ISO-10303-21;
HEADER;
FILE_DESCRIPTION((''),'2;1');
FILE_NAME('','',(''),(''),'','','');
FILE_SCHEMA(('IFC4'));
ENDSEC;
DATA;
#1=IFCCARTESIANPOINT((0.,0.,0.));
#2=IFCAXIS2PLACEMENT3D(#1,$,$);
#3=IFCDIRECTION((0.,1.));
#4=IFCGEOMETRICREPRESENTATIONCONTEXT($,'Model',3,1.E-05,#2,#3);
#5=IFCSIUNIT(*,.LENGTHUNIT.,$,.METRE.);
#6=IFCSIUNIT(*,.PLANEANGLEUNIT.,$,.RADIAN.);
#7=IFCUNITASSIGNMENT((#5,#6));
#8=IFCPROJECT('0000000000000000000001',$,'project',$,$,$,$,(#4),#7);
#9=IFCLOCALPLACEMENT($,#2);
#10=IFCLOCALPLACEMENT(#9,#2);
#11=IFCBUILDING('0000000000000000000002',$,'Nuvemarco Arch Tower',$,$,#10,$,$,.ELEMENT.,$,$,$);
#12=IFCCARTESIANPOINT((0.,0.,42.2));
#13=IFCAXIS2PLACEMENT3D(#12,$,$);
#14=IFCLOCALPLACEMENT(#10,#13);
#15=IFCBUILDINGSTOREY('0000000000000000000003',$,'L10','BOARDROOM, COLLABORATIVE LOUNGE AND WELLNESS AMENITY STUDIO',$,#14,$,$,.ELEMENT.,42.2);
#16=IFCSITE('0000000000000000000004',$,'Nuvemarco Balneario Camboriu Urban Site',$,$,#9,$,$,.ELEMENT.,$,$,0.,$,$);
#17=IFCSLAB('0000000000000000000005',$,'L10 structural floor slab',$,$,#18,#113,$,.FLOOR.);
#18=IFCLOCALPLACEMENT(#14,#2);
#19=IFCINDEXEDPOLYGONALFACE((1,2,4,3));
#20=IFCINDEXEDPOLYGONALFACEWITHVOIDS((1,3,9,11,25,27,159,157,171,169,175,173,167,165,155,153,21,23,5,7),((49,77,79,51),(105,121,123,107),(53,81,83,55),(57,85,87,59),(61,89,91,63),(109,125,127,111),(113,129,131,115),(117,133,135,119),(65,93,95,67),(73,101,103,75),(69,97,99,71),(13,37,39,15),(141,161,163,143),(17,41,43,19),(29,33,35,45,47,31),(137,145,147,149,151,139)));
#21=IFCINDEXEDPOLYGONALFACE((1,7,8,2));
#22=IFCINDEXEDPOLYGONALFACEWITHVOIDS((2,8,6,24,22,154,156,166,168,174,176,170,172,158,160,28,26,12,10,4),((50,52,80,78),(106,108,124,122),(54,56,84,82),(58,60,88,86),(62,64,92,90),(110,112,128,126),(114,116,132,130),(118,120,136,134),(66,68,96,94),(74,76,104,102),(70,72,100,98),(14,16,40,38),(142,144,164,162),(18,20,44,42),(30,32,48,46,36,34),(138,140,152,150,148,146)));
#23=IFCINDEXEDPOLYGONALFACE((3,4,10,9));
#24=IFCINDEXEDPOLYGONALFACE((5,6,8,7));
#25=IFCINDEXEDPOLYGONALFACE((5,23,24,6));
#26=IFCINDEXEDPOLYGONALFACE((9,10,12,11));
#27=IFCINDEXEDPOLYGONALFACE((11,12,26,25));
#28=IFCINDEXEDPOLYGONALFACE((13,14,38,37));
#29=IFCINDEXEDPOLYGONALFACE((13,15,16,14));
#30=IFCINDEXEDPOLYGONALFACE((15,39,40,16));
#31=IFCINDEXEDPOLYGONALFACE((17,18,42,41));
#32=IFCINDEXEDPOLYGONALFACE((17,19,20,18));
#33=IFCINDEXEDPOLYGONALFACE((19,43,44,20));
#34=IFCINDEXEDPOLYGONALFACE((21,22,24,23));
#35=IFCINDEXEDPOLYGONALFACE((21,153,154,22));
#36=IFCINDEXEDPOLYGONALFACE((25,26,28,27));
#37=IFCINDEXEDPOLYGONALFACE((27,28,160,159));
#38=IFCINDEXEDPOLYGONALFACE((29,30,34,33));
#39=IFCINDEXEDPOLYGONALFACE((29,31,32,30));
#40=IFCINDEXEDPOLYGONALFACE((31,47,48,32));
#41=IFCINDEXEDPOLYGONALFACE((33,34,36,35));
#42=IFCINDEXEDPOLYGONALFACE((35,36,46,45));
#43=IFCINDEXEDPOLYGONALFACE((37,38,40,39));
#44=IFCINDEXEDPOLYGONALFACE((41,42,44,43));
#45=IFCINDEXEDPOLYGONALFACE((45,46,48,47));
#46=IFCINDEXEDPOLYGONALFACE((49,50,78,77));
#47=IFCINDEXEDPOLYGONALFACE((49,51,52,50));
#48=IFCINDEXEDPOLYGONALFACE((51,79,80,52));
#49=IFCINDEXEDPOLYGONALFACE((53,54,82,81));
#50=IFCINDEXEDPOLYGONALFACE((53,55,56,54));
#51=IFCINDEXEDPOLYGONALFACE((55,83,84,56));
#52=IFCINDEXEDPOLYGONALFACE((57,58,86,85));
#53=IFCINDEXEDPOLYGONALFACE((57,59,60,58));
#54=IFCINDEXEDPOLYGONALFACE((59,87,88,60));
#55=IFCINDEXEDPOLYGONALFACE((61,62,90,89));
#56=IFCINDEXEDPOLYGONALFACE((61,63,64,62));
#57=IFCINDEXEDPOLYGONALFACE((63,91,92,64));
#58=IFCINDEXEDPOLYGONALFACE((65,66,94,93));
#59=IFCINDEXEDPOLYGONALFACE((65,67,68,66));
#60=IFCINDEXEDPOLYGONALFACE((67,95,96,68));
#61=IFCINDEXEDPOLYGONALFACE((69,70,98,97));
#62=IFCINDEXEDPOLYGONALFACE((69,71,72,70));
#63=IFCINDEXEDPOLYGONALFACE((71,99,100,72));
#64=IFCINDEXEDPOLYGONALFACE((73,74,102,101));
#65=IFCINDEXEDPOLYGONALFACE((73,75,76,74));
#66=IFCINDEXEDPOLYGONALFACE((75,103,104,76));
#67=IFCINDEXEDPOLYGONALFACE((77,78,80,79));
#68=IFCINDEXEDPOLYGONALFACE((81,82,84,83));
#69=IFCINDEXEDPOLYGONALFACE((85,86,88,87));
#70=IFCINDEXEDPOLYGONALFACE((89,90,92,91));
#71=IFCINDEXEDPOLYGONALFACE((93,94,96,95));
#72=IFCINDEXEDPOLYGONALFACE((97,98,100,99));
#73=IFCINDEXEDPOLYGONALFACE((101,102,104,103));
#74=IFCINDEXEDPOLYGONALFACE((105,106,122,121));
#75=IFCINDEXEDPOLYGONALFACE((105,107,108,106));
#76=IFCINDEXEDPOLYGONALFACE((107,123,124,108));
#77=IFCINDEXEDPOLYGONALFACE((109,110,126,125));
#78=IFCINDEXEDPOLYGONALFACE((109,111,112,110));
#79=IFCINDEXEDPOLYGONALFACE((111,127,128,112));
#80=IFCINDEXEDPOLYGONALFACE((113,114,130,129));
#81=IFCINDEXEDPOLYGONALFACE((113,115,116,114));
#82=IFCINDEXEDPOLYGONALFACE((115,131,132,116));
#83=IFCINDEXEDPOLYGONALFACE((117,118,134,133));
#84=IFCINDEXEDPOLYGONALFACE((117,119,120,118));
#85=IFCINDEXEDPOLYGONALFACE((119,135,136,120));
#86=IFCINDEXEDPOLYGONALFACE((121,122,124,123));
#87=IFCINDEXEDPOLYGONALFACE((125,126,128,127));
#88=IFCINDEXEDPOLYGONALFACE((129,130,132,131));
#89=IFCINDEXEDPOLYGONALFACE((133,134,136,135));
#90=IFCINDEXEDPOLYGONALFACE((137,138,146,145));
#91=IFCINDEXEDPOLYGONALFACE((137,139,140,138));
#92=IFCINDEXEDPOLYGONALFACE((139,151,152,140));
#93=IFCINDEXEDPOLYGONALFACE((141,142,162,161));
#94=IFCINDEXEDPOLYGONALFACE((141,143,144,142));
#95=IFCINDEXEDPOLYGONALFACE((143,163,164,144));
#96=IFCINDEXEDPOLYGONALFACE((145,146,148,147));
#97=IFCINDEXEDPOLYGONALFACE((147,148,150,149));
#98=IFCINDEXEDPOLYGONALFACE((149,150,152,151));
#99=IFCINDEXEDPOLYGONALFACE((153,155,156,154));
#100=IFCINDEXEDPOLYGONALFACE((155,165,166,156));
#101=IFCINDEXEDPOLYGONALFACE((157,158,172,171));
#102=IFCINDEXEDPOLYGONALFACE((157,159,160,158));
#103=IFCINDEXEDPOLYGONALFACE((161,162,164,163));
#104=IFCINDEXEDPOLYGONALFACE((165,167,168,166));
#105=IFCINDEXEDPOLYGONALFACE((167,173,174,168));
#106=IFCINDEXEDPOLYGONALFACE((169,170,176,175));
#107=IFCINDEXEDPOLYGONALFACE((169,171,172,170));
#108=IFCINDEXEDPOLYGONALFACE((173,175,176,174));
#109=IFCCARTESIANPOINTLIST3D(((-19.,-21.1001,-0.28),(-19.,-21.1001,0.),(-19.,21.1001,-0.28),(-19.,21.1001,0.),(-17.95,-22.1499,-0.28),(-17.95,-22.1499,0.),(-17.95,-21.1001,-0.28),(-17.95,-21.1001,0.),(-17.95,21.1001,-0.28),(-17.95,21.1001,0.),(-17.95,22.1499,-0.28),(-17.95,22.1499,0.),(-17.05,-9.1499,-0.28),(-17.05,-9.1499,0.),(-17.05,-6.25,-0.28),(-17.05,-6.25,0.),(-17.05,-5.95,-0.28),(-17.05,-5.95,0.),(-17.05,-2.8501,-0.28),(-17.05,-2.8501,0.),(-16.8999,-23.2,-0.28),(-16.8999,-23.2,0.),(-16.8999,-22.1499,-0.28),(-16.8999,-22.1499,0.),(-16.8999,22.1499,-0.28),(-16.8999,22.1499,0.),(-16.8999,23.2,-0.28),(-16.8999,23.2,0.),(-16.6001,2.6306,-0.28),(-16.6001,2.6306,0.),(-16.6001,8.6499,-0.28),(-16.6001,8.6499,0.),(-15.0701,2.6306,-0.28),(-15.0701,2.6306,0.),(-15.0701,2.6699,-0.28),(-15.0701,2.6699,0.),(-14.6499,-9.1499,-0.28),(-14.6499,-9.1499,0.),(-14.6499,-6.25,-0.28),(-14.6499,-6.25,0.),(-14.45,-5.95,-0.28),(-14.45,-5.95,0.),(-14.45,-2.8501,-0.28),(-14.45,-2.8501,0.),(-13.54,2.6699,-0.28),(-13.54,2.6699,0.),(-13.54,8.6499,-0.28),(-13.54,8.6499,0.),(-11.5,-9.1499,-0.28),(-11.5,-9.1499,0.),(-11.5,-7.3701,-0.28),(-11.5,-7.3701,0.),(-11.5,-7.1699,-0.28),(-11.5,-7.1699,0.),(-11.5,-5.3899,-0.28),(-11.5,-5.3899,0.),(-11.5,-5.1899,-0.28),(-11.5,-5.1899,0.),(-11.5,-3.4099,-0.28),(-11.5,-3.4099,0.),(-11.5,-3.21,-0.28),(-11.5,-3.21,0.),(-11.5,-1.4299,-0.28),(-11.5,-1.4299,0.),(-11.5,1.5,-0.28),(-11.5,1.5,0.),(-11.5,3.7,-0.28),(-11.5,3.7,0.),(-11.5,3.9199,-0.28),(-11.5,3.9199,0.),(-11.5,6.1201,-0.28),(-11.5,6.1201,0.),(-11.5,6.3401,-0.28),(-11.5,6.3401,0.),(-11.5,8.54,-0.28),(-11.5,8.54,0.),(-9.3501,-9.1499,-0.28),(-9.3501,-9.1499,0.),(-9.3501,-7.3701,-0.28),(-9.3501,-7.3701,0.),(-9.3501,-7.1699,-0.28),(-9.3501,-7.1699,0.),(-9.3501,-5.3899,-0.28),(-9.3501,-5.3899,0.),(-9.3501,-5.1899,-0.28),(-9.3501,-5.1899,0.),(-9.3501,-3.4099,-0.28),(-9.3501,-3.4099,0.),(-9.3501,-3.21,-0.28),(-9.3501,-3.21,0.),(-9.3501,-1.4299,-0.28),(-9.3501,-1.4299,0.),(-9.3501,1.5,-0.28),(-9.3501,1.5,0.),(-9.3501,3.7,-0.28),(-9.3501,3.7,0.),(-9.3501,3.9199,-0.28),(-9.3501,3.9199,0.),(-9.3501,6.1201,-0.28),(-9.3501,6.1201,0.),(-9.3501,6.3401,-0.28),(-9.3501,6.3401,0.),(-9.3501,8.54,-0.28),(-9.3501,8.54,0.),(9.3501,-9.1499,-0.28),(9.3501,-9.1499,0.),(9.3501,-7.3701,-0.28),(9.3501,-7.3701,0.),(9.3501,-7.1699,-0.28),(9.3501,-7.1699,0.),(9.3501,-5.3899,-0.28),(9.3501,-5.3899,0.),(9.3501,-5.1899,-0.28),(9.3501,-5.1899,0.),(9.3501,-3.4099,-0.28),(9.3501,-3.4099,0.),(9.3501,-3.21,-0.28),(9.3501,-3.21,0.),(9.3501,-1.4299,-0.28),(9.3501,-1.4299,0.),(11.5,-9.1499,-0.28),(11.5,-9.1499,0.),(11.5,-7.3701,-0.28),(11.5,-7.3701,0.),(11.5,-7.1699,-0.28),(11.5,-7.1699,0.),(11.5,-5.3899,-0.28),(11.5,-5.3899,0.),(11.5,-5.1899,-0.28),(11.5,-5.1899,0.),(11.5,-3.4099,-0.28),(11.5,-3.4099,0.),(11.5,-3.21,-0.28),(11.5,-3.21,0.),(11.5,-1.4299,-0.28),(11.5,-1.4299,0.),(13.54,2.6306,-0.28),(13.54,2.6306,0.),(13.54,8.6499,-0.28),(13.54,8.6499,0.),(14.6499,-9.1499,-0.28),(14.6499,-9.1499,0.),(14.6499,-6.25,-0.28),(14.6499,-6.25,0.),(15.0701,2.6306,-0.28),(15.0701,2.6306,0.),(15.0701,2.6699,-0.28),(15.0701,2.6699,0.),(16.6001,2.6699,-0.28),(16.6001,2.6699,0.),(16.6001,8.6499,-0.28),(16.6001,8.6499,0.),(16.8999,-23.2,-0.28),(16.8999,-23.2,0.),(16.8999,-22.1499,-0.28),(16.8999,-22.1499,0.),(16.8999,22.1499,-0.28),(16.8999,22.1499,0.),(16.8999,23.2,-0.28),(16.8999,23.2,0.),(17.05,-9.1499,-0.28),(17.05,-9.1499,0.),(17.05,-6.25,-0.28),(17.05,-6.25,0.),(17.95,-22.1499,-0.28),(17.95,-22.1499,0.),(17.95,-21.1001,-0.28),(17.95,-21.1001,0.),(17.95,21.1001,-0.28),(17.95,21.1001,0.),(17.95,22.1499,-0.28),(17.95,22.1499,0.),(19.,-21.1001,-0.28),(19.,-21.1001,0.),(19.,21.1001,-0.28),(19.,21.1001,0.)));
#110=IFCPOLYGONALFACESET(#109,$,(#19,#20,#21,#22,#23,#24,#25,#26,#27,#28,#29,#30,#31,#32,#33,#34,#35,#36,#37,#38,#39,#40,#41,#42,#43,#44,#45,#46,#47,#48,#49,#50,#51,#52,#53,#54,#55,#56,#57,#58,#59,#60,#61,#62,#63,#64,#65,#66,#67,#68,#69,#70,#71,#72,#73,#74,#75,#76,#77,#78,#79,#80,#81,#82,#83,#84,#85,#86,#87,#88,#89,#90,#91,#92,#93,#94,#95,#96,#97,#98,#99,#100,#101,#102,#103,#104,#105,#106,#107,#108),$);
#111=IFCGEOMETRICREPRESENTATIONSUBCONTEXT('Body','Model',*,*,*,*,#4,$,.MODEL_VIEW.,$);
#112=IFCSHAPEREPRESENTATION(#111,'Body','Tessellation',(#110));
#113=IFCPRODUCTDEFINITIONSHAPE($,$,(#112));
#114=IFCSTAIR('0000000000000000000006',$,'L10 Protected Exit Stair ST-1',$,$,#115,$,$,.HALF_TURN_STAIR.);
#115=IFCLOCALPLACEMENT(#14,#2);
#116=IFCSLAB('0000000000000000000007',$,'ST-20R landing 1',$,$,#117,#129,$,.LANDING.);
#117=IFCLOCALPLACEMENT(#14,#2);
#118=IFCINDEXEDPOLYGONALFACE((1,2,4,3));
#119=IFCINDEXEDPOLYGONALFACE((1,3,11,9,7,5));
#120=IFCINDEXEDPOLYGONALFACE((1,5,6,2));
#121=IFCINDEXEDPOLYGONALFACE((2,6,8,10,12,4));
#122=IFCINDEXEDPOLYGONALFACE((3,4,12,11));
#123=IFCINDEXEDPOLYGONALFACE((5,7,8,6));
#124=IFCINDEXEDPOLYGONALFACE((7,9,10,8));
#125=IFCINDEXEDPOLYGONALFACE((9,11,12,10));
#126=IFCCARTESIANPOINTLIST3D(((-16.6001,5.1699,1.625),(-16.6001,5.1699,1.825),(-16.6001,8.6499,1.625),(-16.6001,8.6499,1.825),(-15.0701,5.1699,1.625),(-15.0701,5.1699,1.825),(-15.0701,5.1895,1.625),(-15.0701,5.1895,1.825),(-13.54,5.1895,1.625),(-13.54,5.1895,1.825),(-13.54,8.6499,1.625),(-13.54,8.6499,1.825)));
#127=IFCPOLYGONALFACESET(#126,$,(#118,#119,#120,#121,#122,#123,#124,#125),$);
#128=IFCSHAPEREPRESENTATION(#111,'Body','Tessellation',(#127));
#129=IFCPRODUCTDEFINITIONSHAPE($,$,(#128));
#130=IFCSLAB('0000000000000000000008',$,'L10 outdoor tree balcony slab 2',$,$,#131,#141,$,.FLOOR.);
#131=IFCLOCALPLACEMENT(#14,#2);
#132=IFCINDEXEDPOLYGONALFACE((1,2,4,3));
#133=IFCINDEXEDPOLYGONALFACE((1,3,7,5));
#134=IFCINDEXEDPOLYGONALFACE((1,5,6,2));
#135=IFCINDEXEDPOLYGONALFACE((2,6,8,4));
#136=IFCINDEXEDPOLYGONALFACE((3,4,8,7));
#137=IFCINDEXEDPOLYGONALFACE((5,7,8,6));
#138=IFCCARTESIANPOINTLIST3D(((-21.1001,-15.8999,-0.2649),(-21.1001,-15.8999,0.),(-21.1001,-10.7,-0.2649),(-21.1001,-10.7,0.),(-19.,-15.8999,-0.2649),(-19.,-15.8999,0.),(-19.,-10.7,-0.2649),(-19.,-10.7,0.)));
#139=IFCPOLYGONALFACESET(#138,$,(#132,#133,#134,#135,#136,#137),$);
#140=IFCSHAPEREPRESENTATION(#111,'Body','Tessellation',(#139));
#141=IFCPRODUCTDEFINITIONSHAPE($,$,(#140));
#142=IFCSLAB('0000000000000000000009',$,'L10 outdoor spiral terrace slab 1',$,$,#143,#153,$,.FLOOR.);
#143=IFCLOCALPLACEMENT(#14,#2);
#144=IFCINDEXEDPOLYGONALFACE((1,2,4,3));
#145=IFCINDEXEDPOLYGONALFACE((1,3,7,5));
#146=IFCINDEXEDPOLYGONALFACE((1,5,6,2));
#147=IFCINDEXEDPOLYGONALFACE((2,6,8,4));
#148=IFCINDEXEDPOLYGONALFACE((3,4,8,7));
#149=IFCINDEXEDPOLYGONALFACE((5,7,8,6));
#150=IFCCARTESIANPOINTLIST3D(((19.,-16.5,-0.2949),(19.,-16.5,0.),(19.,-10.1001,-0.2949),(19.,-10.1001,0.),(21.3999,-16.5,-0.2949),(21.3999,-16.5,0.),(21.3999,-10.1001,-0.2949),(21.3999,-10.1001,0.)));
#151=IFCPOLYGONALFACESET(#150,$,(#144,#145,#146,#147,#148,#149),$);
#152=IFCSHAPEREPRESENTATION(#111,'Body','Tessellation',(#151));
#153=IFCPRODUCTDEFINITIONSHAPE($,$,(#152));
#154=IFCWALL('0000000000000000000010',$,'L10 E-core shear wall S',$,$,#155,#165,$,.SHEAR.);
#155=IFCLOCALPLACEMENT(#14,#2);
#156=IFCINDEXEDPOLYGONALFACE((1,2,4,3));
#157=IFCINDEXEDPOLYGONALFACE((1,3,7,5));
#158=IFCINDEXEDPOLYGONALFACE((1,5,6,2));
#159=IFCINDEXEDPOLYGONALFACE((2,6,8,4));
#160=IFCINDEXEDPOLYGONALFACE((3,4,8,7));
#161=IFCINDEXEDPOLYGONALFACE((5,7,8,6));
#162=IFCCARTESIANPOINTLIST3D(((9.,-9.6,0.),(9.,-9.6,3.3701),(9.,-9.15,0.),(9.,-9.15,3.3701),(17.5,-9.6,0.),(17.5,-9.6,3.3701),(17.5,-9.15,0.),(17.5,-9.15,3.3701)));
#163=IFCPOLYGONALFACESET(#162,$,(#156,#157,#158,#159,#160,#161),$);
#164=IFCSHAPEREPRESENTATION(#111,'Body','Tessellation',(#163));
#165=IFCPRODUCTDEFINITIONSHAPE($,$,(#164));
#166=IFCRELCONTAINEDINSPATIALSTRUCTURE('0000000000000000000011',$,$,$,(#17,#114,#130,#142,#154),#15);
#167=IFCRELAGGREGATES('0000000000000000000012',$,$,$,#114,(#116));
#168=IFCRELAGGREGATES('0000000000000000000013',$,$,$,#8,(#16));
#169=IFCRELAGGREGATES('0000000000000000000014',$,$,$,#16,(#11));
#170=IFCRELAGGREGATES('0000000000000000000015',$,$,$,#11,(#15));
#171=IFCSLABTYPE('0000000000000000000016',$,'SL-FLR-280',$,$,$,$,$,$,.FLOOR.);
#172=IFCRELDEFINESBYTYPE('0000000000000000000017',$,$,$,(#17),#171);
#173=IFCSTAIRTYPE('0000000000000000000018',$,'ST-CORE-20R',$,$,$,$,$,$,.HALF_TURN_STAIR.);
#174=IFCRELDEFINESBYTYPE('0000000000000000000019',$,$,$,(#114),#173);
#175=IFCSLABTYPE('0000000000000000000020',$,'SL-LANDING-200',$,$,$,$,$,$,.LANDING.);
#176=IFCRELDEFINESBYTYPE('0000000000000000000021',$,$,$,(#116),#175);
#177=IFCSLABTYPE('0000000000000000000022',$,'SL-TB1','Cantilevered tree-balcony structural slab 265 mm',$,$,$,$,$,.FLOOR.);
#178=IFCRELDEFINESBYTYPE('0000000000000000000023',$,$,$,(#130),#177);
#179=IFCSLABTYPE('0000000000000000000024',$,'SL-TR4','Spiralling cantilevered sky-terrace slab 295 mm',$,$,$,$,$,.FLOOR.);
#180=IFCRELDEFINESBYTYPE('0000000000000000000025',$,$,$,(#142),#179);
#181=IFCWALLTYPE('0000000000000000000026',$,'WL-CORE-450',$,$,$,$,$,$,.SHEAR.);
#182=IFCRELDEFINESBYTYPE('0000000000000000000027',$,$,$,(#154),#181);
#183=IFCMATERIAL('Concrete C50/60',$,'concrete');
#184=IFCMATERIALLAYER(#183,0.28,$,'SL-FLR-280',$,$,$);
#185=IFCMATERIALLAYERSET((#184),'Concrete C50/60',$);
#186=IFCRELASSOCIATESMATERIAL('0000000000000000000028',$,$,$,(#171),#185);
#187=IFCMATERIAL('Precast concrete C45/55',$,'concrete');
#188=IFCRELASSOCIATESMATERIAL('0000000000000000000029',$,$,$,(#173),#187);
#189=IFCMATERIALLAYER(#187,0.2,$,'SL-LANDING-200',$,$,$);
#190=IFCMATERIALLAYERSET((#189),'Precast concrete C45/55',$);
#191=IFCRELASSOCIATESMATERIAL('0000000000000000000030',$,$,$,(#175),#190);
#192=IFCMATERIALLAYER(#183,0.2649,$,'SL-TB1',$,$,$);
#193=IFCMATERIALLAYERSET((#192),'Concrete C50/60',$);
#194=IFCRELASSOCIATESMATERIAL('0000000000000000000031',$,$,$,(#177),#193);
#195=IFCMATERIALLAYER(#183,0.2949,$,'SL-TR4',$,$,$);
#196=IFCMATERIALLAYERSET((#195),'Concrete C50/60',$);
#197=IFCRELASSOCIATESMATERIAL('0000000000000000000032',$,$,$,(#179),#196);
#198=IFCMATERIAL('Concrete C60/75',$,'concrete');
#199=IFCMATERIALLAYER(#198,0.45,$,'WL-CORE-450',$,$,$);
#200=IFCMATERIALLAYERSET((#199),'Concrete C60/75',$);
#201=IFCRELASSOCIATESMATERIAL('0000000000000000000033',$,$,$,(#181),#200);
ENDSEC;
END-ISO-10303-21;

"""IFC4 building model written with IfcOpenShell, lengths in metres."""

from ifc_helpers import new_model, si_unit, direction, frame, frame_2d, origin, place, context, subcontext, project, spatial, polyline, rectangle, outline, extrude, material, layer, layer_set, type_object, element, aggregate, save


model = new_model("IFC4")

# Units and contexts
model_context = context("Model", 3, precision=1e-05, world=origin(), true_north=direction((0.0, 1.0)))
body_context = subcontext(model_context, "Body", "Model", "MODEL_VIEW")
ifc_project = project(units=[si_unit("LENGTHUNIT", "METRE"), si_unit("PLANEANGLEUNIT", "RADIAN")], contexts=[model_context])

# Site, building, storey
site_placement = place(None, origin())
site = spatial("IfcSite", under=ifc_project, at=site_placement, Name="Nuvemarco Balneario Camboriu Urban Site", CompositionType="ELEMENT", RefElevation=0.0)
building_placement = place(site_placement, origin())
building = spatial("IfcBuilding", under=site, at=building_placement, Name="Nuvemarco Arch Tower", CompositionType="ELEMENT")
storey_placement = place(building_placement, frame((0.0, 0.0, 42.2)))
storey = spatial("IfcBuildingStorey", under=building, at=storey_placement, Name="L10", Description="BOARDROOM, COLLABORATIVE LOUNGE AND WELLNESS AMENITY STUDIO", CompositionType="ELEMENT", Elevation=42.2)

# Shared definitions
ifc_material_1 = material(Name="Concrete C60/75", Category="concrete")

# Slab
ifc_material_2 = material(Name="Concrete C50/60", Category="concrete")
ifc_layer_1 = layer(ifc_material_2, 0.28, Name="SL-FLR-280")
ifc_layer_set_1 = layer_set([ifc_layer_1], Name="Concrete C50/60")
slab_type_1 = type_object("IfcSlabType", Name="SL-FLR-280", PredefinedType="FLOOR", material=ifc_layer_set_1)
slab_1_placement = place(storey_placement, frame((0.0, 0.0, -0.28)))
element("IfcSlab", 1, at=slab_1_placement, inside=storey, type_object=slab_type_1, Name="L10 structural floor slab", PredefinedType="FLOOR", context=body_context, shape_type="SweptSolid", body=[
    extrude(outline(polyline([(-16.8999, -23.2), (16.8999, -23.2), (16.8999, -22.1499), (17.95, -22.1499), (17.95, -21.1001), (19.0, -21.1001), (19.0, 21.1001), (17.95, 21.1001), (17.95, 22.1499), (16.8999, 22.1499), (16.8999, 23.2), (-16.8999, 23.2), (-16.8999, 22.1499), (-17.95, 22.1499), (-17.95, 21.1001), (-19.0, 21.1001), (-19.0, -21.1001), (-17.95, -21.1001), (-17.95, -22.1499), (-16.8999, -22.1499), (-16.8999, -23.2)]), holes=[polyline([(-13.54, 2.6699), (-13.54, 8.6499), (-16.6001, 8.6499), (-16.6001, 2.6306), (-15.0701, 2.6306), (-15.0701, 2.6699), (-13.54, 2.6699)]), polyline([(16.6001, 2.6699), (16.6001, 8.6499), (13.54, 8.6499), (13.54, 2.6306), (15.0701, 2.6306), (15.0701, 2.6699), (16.6001, 2.6699)]), polyline([(-17.05, -9.1499), (-14.6499, -9.1499), (-14.6499, -6.25), (-17.05, -6.25), (-17.05, -9.1499)]), polyline([(-17.05, -5.95), (-14.45, -5.95), (-14.45, -2.8501), (-17.05, -2.8501), (-17.05, -5.95)]), polyline([(-11.5, -9.1499), (-9.3501, -9.1499), (-9.3501, -7.3701), (-11.5, -7.3701), (-11.5, -9.1499)]), polyline([(-11.5, -7.1699), (-9.3501, -7.1699), (-9.3501, -5.3899), (-11.5, -5.3899), (-11.5, -7.1699)]), polyline([(-11.5, -5.1899), (-9.3501, -5.1899), (-9.3501, -3.4099), (-11.5, -3.4099), (-11.5, -5.1899)]), polyline([(-11.5, -3.21), (-9.3501, -3.21), (-9.3501, -1.4299), (-11.5, -1.4299), (-11.5, -3.21)]), polyline([(-11.5, 1.5), (-9.3501, 1.5), (-9.3501, 3.7), (-11.5, 3.7), (-11.5, 1.5)]), polyline([(-11.5, 3.9199), (-9.3501, 3.9199), (-9.3501, 6.1201), (-11.5, 6.1201), (-11.5, 3.9199)]), polyline([(-11.5, 6.3401), (-9.3501, 6.3401), (-9.3501, 8.54), (-11.5, 8.54), (-11.5, 6.3401)]), polyline([(14.6499, -9.1499), (17.05, -9.1499), (17.05, -6.25), (14.6499, -6.25), (14.6499, -9.1499)]), polyline([(9.3501, -9.1499), (11.5, -9.1499), (11.5, -7.3701), (9.3501, -7.3701), (9.3501, -9.1499)]), polyline([(9.3501, -7.1699), (11.5, -7.1699), (11.5, -5.3899), (9.3501, -5.3899), (9.3501, -7.1699)]), polyline([(9.3501, -5.1899), (11.5, -5.1899), (11.5, -3.4099), (9.3501, -3.4099), (9.3501, -5.1899)]), polyline([(9.3501, -3.21), (11.5, -3.21), (11.5, -1.4299), (9.3501, -1.4299), (9.3501, -3.21)])]), origin(), (0.0, 0.0, 1.0), 0.28),
])

# Stair, slab
ifc_material_3 = material(Name="Precast concrete C45/55", Category="concrete")
stair_type = type_object("IfcStairType", Name="ST-CORE-20R", PredefinedType="HALF_TURN_STAIR", material=ifc_material_3)
stair_placement = place(storey_placement, origin())
stair = element("IfcStair", 2, at=stair_placement, inside=storey, type_object=stair_type, Name="L10 Protected Exit Stair ST-1", PredefinedType="HALF_TURN_STAIR")
ifc_layer_2 = layer(ifc_material_3, 0.2, Name="SL-LANDING-200")
ifc_layer_set_2 = layer_set([ifc_layer_2], Name="Precast concrete C45/55")
slab_type_2 = type_object("IfcSlabType", Name="SL-LANDING-200", PredefinedType="LANDING", material=ifc_layer_set_2)
slab_2_placement = place(storey_placement, frame((0.0, 0.0, 1.625)))
slab_2 = element("IfcSlab", 3, at=slab_2_placement, type_object=slab_type_2, Name="ST-20R landing 1", PredefinedType="LANDING", context=body_context, shape_type="SweptSolid", body=[
    extrude(outline(polyline([(-13.54, 5.1895), (-13.54, 8.6499), (-16.6001, 8.6499), (-16.6001, 5.1699), (-15.0701, 5.1699), (-15.0701, 5.1895), (-13.54, 5.1895)])), origin(), (0.0, 0.0, 1.0), 0.2),
])
aggregate(stair, [slab_2])

# Slabs
ifc_layer_3 = layer(ifc_material_2, 0.2649, Name="SL-TB1")
ifc_layer_set_3 = layer_set([ifc_layer_3], Name="Concrete C50/60")
slab_type_3 = type_object("IfcSlabType", Name="SL-TB1", Description="Cantilevered tree-balcony structural slab 265 mm", PredefinedType="FLOOR", material=ifc_layer_set_3)
slab_3_placement = place(storey_placement, frame((0.0, 0.0, -0.2649)))
element("IfcSlab", 4, at=slab_3_placement, inside=storey, type_object=slab_type_3, Name="L10 outdoor tree balcony slab 2", PredefinedType="FLOOR", context=body_context, shape_type="SweptSolid", body=[
    extrude(outline(polyline([(-21.1001, -15.8999), (-19.0, -15.8999), (-19.0, -10.7), (-21.1001, -10.7), (-21.1001, -15.8999)])), origin(), (0.0, 0.0, 1.0), 0.2649),
])
ifc_layer_4 = layer(ifc_material_2, 0.2949, Name="SL-TR4")
ifc_layer_set_4 = layer_set([ifc_layer_4], Name="Concrete C50/60")
slab_type_4 = type_object("IfcSlabType", Name="SL-TR4", Description="Spiralling cantilevered sky-terrace slab 295 mm", PredefinedType="FLOOR", material=ifc_layer_set_4)
slab_4_placement = place(storey_placement, frame((0.0, 0.0, -0.2949)))
element("IfcSlab", 5, at=slab_4_placement, inside=storey, type_object=slab_type_4, Name="L10 outdoor spiral terrace slab 1", PredefinedType="FLOOR", context=body_context, shape_type="SweptSolid", body=[
    extrude(outline(polyline([(19.0, -16.5), (21.3999, -16.5), (21.3999, -10.1001), (19.0, -10.1001), (19.0, -16.5)])), origin(), (0.0, 0.0, 1.0), 0.2949),
])

# Wall
ifc_layer_5 = layer(ifc_material_1, 0.45, Name="WL-CORE-450")
ifc_layer_set_5 = layer_set([ifc_layer_5], Name="Concrete C60/75")
wall_type_1 = type_object("IfcWallType", Name="WL-CORE-450", PredefinedType="SHEAR", material=ifc_layer_set_5)
wall_1_placement = place(storey_placement, frame((9.0, -9.375, 0.0), z_axis=(0.0, 0.0, 1.0), x_axis=(1.0, 0.0, 0.0)))
element("IfcWall", 6, at=wall_1_placement, inside=storey, type_object=wall_type_1, Name="L10 E-core shear wall S", PredefinedType="SHEAR", context=body_context, shape_type="SweptSolid", body=[
    extrude(rectangle(XDim=8.5, YDim=0.45, at=frame_2d((4.25, 0.0))), origin(), (0.0, 0.0, 1.0), 3.3701),
])

save(model, "model.ifc")
